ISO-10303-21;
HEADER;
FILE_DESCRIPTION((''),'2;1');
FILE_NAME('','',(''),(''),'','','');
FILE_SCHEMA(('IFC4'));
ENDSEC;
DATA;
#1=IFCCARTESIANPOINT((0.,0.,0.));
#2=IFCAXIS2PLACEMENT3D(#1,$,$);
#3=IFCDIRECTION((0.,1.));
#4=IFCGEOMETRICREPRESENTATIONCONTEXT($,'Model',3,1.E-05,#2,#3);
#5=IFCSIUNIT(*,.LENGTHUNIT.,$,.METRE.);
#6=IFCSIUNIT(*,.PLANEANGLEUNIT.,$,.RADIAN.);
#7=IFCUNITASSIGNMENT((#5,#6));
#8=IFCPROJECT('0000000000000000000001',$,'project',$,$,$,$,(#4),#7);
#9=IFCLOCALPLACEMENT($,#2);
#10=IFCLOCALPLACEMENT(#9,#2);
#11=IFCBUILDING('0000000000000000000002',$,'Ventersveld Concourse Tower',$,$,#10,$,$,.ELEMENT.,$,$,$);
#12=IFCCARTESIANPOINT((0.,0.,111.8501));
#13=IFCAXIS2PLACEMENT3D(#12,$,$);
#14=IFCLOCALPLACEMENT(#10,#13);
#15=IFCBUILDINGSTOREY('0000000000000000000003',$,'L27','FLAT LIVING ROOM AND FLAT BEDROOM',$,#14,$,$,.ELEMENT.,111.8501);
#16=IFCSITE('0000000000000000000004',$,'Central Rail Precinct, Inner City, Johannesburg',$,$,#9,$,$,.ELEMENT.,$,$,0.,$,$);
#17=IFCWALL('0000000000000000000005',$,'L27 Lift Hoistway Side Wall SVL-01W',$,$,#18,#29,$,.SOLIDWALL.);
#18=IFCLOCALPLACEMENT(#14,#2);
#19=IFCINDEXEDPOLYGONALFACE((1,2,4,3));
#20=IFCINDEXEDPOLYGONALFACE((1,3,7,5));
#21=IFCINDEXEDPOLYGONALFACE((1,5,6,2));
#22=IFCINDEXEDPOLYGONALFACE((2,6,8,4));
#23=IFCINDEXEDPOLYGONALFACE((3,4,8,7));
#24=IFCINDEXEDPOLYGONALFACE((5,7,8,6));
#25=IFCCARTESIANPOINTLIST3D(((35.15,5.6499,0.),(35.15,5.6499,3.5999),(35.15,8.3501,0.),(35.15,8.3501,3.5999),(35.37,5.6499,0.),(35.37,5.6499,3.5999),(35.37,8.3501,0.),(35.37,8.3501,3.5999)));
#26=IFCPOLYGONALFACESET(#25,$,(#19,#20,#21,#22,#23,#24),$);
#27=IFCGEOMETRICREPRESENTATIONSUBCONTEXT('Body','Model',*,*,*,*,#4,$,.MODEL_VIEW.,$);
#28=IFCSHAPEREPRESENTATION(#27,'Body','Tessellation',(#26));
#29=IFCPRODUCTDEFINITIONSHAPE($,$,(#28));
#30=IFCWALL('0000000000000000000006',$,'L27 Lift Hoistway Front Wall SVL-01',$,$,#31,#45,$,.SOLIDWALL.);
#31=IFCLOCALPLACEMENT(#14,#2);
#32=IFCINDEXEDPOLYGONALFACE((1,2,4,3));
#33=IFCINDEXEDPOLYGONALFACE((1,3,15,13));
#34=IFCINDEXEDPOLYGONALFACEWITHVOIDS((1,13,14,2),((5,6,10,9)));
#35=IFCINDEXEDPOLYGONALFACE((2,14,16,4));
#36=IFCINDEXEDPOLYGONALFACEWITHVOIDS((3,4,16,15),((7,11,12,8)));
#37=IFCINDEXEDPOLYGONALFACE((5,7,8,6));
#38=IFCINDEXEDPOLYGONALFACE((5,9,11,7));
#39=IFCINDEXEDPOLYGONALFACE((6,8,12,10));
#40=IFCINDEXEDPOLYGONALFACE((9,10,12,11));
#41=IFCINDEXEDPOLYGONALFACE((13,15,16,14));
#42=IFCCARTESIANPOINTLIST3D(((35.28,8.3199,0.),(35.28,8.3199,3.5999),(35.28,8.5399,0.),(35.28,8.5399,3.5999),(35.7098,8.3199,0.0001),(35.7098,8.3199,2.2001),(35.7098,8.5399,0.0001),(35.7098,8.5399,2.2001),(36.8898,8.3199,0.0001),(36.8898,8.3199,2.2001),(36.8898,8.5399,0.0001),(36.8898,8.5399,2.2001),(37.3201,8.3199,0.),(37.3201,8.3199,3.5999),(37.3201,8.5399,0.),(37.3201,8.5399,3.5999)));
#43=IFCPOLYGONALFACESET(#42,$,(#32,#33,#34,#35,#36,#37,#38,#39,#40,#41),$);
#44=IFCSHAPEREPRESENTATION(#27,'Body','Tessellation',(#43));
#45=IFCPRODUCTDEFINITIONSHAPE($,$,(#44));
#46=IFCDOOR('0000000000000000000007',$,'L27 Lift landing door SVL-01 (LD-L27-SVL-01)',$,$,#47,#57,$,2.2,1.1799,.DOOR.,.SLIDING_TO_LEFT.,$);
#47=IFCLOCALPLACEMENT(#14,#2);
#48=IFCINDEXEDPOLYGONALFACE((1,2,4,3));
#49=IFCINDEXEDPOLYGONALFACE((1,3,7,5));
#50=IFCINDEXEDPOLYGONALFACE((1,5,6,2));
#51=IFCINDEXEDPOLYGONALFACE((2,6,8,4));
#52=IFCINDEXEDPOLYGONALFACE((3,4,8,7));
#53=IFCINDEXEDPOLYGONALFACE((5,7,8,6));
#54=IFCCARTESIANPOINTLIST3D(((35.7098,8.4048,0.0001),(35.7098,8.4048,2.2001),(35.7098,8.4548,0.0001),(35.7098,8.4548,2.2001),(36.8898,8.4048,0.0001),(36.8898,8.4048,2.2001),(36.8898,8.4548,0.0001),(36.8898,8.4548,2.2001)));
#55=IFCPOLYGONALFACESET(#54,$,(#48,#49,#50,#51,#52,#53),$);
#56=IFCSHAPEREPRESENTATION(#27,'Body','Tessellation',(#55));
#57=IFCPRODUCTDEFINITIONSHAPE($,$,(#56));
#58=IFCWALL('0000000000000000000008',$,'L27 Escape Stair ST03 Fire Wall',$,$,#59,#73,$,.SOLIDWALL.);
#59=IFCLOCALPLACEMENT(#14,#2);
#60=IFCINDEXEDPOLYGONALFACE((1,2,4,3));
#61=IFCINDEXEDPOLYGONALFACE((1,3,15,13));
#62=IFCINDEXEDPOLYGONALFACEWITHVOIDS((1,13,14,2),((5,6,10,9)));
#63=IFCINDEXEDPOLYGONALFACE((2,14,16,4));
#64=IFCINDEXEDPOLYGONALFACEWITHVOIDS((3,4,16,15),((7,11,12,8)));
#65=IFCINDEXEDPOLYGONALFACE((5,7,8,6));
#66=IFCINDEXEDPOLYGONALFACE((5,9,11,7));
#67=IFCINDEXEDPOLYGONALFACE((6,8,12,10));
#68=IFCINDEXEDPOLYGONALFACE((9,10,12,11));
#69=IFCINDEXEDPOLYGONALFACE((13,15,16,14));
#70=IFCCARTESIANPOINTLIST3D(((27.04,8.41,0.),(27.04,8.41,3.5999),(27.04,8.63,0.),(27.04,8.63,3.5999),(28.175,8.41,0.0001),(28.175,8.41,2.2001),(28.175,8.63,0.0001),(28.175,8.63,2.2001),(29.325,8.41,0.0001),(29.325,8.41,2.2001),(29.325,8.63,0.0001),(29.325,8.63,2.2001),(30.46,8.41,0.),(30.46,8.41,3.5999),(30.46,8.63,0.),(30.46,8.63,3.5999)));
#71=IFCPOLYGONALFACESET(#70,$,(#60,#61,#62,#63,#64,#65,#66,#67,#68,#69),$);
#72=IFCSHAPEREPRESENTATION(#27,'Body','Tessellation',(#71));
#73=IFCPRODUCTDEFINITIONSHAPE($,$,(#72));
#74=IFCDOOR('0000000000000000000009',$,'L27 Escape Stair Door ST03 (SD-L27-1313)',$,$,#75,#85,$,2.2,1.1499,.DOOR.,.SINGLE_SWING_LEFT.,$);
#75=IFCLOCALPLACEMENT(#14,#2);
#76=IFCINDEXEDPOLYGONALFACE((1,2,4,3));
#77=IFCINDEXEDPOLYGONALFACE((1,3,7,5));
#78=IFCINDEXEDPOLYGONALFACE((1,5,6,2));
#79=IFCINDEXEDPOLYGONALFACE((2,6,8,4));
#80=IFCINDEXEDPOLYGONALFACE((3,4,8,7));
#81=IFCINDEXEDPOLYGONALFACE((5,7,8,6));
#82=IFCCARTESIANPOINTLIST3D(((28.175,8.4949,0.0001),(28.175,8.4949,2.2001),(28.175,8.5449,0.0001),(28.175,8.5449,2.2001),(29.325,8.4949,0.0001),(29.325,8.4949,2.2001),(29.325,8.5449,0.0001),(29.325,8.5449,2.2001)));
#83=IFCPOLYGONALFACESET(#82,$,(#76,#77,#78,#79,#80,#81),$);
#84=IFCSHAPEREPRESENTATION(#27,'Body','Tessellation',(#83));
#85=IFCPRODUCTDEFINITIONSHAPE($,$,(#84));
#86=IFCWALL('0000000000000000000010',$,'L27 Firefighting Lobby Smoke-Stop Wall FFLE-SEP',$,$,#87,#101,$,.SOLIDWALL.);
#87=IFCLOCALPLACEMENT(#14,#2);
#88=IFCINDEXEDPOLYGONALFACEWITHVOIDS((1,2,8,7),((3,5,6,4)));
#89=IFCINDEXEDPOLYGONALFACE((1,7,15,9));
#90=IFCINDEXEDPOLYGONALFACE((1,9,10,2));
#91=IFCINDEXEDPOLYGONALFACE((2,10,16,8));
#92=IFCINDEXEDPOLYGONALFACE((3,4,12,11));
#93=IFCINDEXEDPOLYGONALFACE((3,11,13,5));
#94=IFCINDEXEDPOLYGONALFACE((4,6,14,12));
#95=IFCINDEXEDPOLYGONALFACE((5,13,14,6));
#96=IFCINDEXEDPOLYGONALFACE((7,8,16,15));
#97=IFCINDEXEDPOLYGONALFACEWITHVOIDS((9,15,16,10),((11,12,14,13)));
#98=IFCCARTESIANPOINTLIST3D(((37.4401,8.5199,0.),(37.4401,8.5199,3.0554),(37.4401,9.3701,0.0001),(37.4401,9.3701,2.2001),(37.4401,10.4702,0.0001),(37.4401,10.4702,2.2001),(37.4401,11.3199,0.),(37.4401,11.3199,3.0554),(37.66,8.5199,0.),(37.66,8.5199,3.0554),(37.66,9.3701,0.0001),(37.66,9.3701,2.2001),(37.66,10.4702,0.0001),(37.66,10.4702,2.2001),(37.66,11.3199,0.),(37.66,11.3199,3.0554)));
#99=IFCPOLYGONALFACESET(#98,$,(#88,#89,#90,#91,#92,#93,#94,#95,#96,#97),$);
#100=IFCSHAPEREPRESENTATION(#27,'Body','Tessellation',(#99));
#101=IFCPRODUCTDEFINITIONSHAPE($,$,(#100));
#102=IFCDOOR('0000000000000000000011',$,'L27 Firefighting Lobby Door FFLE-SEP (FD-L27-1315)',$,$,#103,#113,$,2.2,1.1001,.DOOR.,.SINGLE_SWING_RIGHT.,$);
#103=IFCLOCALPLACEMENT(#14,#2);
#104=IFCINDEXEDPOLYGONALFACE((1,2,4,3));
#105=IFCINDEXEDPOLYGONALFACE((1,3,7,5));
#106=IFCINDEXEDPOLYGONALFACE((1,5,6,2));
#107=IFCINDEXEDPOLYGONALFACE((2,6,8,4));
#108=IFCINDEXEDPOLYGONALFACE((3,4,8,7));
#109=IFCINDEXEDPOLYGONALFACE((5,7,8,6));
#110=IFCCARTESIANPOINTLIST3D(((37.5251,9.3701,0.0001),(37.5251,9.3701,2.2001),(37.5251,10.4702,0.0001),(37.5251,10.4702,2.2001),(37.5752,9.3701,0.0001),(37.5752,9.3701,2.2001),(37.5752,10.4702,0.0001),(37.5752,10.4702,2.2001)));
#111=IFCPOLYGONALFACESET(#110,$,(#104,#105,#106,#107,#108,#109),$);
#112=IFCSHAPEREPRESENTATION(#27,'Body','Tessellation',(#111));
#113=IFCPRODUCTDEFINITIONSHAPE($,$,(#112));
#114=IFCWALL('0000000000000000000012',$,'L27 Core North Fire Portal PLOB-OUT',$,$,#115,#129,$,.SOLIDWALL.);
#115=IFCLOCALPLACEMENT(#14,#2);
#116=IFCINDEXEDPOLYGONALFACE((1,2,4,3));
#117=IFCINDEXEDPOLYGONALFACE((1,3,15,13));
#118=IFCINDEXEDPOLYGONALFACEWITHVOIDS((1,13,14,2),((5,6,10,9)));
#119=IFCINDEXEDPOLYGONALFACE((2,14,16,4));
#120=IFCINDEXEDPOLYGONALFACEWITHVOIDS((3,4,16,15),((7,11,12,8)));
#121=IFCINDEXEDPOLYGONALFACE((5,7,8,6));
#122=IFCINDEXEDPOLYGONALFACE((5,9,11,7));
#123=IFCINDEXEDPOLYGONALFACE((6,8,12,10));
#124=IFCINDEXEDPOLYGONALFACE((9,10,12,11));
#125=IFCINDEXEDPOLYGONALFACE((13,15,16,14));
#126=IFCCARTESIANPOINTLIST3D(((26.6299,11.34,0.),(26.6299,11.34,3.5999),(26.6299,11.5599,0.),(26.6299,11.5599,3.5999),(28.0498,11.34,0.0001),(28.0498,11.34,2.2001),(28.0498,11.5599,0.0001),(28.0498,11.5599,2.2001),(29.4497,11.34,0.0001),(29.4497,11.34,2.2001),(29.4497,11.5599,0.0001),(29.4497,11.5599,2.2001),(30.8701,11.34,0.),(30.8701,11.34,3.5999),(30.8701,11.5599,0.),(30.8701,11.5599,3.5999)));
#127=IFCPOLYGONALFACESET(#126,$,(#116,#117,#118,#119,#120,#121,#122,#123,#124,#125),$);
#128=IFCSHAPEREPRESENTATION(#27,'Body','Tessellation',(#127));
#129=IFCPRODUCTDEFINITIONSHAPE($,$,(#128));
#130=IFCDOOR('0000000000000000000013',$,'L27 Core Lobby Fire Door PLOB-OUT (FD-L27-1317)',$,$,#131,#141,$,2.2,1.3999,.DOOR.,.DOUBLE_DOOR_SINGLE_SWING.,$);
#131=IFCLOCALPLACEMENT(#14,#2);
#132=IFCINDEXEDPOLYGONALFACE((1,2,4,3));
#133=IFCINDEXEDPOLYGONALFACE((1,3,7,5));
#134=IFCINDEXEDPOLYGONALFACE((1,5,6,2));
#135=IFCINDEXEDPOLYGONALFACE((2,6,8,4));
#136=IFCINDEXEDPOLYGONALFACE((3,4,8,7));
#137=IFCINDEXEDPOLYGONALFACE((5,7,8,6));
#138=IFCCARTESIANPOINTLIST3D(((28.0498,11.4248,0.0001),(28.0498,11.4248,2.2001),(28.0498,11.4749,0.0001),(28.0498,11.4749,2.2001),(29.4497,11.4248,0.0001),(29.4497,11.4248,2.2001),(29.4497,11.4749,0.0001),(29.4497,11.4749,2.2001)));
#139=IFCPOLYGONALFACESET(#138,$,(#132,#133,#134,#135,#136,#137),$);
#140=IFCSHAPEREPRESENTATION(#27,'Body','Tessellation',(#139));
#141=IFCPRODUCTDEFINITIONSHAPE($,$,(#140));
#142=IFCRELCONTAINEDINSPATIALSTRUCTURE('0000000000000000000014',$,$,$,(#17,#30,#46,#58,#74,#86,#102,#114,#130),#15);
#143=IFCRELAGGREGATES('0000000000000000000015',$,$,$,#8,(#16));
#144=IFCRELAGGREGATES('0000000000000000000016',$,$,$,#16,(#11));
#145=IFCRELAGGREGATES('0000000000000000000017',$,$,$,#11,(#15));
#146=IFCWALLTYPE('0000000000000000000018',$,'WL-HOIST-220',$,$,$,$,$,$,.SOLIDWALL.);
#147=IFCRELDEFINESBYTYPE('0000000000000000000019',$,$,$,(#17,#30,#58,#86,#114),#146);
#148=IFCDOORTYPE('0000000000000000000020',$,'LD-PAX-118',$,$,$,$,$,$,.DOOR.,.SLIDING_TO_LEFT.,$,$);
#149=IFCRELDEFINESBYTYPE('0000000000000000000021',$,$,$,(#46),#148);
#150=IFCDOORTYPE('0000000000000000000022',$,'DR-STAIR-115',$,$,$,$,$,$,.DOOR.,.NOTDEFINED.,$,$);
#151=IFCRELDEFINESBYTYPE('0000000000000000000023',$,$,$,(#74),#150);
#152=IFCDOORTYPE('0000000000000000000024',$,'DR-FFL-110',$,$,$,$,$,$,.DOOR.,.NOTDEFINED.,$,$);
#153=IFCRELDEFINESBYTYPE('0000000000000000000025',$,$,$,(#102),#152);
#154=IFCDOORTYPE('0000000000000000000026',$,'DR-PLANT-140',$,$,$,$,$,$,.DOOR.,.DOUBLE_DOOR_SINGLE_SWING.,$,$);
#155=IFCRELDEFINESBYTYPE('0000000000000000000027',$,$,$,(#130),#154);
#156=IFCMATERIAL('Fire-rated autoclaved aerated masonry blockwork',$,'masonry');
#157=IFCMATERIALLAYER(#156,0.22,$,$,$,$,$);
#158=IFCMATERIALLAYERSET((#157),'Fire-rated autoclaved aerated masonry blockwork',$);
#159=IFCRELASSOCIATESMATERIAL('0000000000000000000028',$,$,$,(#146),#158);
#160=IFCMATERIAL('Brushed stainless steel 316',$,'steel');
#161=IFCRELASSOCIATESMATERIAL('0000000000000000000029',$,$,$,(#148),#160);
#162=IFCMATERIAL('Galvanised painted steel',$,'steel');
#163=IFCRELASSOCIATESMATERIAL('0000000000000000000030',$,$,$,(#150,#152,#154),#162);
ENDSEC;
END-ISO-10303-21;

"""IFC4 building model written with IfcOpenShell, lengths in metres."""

from ifc_helpers import new_model, si_unit, direction, frame, frame_2d, origin, place, context, subcontext, project, spatial, rectangle, extrude, material, layer, layer_set, type_object, element, fill, save


model = new_model("IFC4")

# Units and contexts
model_context = context("Model", 3, precision=1e-05, world=origin(), true_north=direction((0.0, 1.0)))
body_context = subcontext(model_context, "Body", "Model", "MODEL_VIEW")
ifc_project = project(units=[si_unit("LENGTHUNIT", "METRE"), si_unit("PLANEANGLEUNIT", "RADIAN")], contexts=[model_context])

# Site, building, storey
site_placement = place(None, origin())
site = spatial("IfcSite", under=ifc_project, at=site_placement, Name="Central Rail Precinct, Inner City, Johannesburg", CompositionType="ELEMENT", RefElevation=0.0)
building_placement = place(site_placement, origin())
building = spatial("IfcBuilding", under=site, at=building_placement, Name="Ventersveld Concourse Tower", CompositionType="ELEMENT")
storey_placement = place(building_placement, frame((0.0, 0.0, 111.8501)))
storey = spatial("IfcBuildingStorey", under=building, at=storey_placement, Name="L27", Description="FLAT LIVING ROOM AND FLAT BEDROOM", CompositionType="ELEMENT", Elevation=111.8501)

# Shared definitions
ifc_material_1 = material(Name="Fire-rated autoclaved aerated masonry blockwork", Category="masonry")

# Wall
ifc_layer_1 = layer(ifc_material_1, 0.22)
ifc_layer_set_1 = layer_set([ifc_layer_1], Name="Fire-rated autoclaved aerated masonry blockwork")
wall_type_1 = type_object("IfcWallType", Name="WL-HOIST-220", PredefinedType="SOLIDWALL", material=ifc_layer_set_1)
for number, where, z_axis, x_axis, name in (
    (1, (35.26, 5.6499, 0.0), (0.0, 0.0, 1.0), (0.0, 1.0, 0.0), "L27 Lift Hoistway Side Wall SVL-01W"),
):
    element("IfcWall", number, at=place(storey_placement, frame(where, z_axis=z_axis, x_axis=x_axis)), inside=storey, type_object=wall_type_1, Name=name, PredefinedType="SOLIDWALL", context=body_context, shape_type="SweptSolid", body=[
        extrude(rectangle(XDim=2.7002, YDim=0.22, at=frame_2d((1.3501, 0.0))), origin(), (0.0, 0.0, 1.0), 3.5999),
    ])

# Walls, openings, doors
wall_1_placement = place(storey_placement, frame((35.28, 8.4299, 0.0), z_axis=(0.0, 0.0, 1.0), x_axis=(1.0, 0.0, 0.0)))
wall_1 = element("IfcWall", 2, at=wall_1_placement, inside=storey, type_object=wall_type_1, Name="L27 Lift Hoistway Front Wall SVL-01", PredefinedType="SOLIDWALL", context=body_context, shape_type="SweptSolid", body=[
    extrude(rectangle(XDim=2.04, YDim=0.22, at=frame_2d((1.02, 0.0))), origin(), (0.0, 0.0, 1.0), 3.5999),
])
opening_1_placement = place(wall_1_placement, frame((0.4299, 0.0, 0.0)))
opening_1 = element("IfcOpeningElement", 3, at=opening_1_placement, cuts=wall_1, PredefinedType="OPENING", context=body_context, shape_type="SweptSolid", body=[
    extrude(rectangle(XDim=1.1799, YDim=2.2, at=frame_2d((0.5898, 1.1001))), frame((0.0, 0.1201, 0.0), z_axis=(0.0, -1.0, 0.0), x_axis=(1.0, 0.0, 0.0)), (0.0, 0.0, 1.0), 0.24),
])
ifc_material_2 = material(Name="Brushed stainless steel 316", Category="steel")
door_type_1 = type_object("IfcDoorType", Name="LD-PAX-118", OperationType="SLIDING_TO_LEFT", PredefinedType="DOOR", material=ifc_material_2)
door_1_placement = place(opening_1_placement, origin())
door_1 = element("IfcDoor", 4, at=door_1_placement, inside=storey, type_object=door_type_1, Name="L27 Lift landing door SVL-01 (LD-L27-SVL-01)", OperationType="SLIDING_TO_LEFT", OverallHeight=2.2, OverallWidth=1.1799, PredefinedType="DOOR", context=body_context, shape_type="SweptSolid", body=[
    extrude(rectangle(XDim=1.1799, YDim=2.2, at=frame_2d((0.5898, 1.1001))), frame((0.0, 0.0249, 0.0), z_axis=(0.0, -1.0, 0.0), x_axis=(1.0, 0.0, 0.0)), (0.0, 0.0, 1.0), 0.05),
])
fill(opening_1, door_1)
wall_2_placement = place(storey_placement, frame((27.04, 8.52, 0.0), z_axis=(0.0, 0.0, 1.0), x_axis=(1.0, 0.0, 0.0)))
wall_2 = element("IfcWall", 5, at=wall_2_placement, inside=storey, type_object=wall_type_1, Name="L27 Escape Stair ST03 Fire Wall", PredefinedType="SOLIDWALL", context=body_context, shape_type="SweptSolid", body=[
    extrude(rectangle(XDim=3.4199, YDim=0.22, at=frame_2d((1.71, 0.0))), origin(), (0.0, 0.0, 1.0), 3.5999),
])
opening_2_placement = place(wall_2_placement, frame((1.135, 0.0, 0.0)))
opening_2 = element("IfcOpeningElement", 6, at=opening_2_placement, cuts=wall_2, PredefinedType="OPENING", context=body_context, shape_type="SweptSolid", body=[
    extrude(rectangle(XDim=1.1499, YDim=2.2, at=frame_2d((0.575, 1.1001))), frame((0.0, 0.1201, 0.0), z_axis=(0.0, -1.0, 0.0), x_axis=(1.0, 0.0, 0.0)), (0.0, 0.0, 1.0), 0.24),
])
ifc_material_3 = material(Name="Galvanised painted steel", Category="steel")
door_type_2 = type_object("IfcDoorType", Name="DR-STAIR-115", OperationType="NOTDEFINED", PredefinedType="DOOR", material=ifc_material_3)
door_2_placement = place(opening_2_placement, origin())
door_2 = element("IfcDoor", 7, at=door_2_placement, inside=storey, type_object=door_type_2, Name="L27 Escape Stair Door ST03 (SD-L27-1313)", OperationType="SINGLE_SWING_LEFT", OverallHeight=2.2, OverallWidth=1.1499, PredefinedType="DOOR", context=body_context, shape_type="SweptSolid", body=[
    extrude(rectangle(XDim=1.1499, YDim=2.2, at=frame_2d((0.575, 1.1001))), frame((0.0, 0.0249, 0.0), z_axis=(0.0, -1.0, 0.0), x_axis=(1.0, 0.0, 0.0)), (0.0, 0.0, 1.0), 0.05),
])
fill(opening_2, door_2)
wall_3_placement = place(storey_placement, frame((37.55, 8.52, 0.0), z_axis=(0.0, 0.0, 1.0), x_axis=(0.0, 1.0, 0.0)))
wall_3 = element("IfcWall", 8, at=wall_3_placement, inside=storey, type_object=wall_type_1, Name="L27 Firefighting Lobby Smoke-Stop Wall FFLE-SEP", PredefinedType="SOLIDWALL", context=body_context, shape_type="SweptSolid", body=[
    extrude(rectangle(XDim=2.8, YDim=0.22, at=frame_2d((1.3999, 0.0))), origin(), (0.0, 0.0, 1.0), 3.0554),
])
opening_3_placement = place(wall_3_placement, frame((0.8501, 0.0, 0.0)))
opening_3 = element("IfcOpeningElement", 9, at=opening_3_placement, cuts=wall_3, PredefinedType="OPENING", context=body_context, shape_type="SweptSolid", body=[
    extrude(rectangle(XDim=1.1001, YDim=2.2, at=frame_2d((0.55, 1.1001))), frame((0.0, 0.1201, 0.0), z_axis=(0.0, -1.0, 0.0), x_axis=(1.0, 0.0, 0.0)), (0.0, 0.0, 1.0), 0.24),
])
door_type_3 = type_object("IfcDoorType", Name="DR-FFL-110", OperationType="NOTDEFINED", PredefinedType="DOOR", material=ifc_material_3)
door_3_placement = place(opening_3_placement, origin())
door_3 = element("IfcDoor", 10, at=door_3_placement, inside=storey, type_object=door_type_3, Name="L27 Firefighting Lobby Door FFLE-SEP (FD-L27-1315)", OperationType="SINGLE_SWING_RIGHT", OverallHeight=2.2, OverallWidth=1.1001, PredefinedType="DOOR", context=body_context, shape_type="SweptSolid", body=[
    extrude(rectangle(XDim=1.1001, YDim=2.2, at=frame_2d((0.55, 1.1001))), frame((0.0, 0.0249, 0.0), z_axis=(0.0, -1.0, 0.0), x_axis=(1.0, 0.0, 0.0)), (0.0, 0.0, 1.0), 0.05),
])
fill(opening_3, door_3)
wall_4_placement = place(storey_placement, frame((26.6299, 11.45, 0.0), z_axis=(0.0, 0.0, 1.0), x_axis=(1.0, 0.0, 0.0)))
wall_4 = element("IfcWall", 11, at=wall_4_placement, inside=storey, type_object=wall_type_1, Name="L27 Core North Fire Portal PLOB-OUT", PredefinedType="SOLIDWALL", context=body_context, shape_type="SweptSolid", body=[
    extrude(rectangle(XDim=4.2402, YDim=0.22, at=frame_2d((2.1201, 0.0))), origin(), (0.0, 0.0, 1.0), 3.5999),
])
opening_4_placement = place(wall_4_placement, frame((1.4199, 0.0, 0.0)))
opening_4 = element("IfcOpeningElement", 12, at=opening_4_placement, cuts=wall_4, PredefinedType="OPENING", context=body_context, shape_type="SweptSolid", body=[
    extrude(rectangle(XDim=1.3999, YDim=2.2, at=frame_2d((0.7, 1.1001))), frame((0.0, 0.1201, 0.0), z_axis=(0.0, -1.0, 0.0), x_axis=(1.0, 0.0, 0.0)), (0.0, 0.0, 1.0), 0.24),
])
door_type_4 = type_object("IfcDoorType", Name="DR-PLANT-140", OperationType="DOUBLE_DOOR_SINGLE_SWING", PredefinedType="DOOR", material=ifc_material_3)
door_4_placement = place(opening_4_placement, origin())
door_4 = element("IfcDoor", 13, at=door_4_placement, inside=storey, type_object=door_type_4, Name="L27 Core Lobby Fire Door PLOB-OUT (FD-L27-1317)", OperationType="DOUBLE_DOOR_SINGLE_SWING", OverallHeight=2.2, OverallWidth=1.3999, PredefinedType="DOOR", context=body_context, shape_type="SweptSolid", body=[
    extrude(rectangle(XDim=1.3999, YDim=2.2, at=frame_2d((0.7, 1.1001))), frame((0.0, 0.0249, 0.0), z_axis=(0.0, -1.0, 0.0), x_axis=(1.0, 0.0, 0.0)), (0.0, 0.0, 1.0), 0.05),
])
fill(opening_4, door_4)

save(model, "model.ifc")
